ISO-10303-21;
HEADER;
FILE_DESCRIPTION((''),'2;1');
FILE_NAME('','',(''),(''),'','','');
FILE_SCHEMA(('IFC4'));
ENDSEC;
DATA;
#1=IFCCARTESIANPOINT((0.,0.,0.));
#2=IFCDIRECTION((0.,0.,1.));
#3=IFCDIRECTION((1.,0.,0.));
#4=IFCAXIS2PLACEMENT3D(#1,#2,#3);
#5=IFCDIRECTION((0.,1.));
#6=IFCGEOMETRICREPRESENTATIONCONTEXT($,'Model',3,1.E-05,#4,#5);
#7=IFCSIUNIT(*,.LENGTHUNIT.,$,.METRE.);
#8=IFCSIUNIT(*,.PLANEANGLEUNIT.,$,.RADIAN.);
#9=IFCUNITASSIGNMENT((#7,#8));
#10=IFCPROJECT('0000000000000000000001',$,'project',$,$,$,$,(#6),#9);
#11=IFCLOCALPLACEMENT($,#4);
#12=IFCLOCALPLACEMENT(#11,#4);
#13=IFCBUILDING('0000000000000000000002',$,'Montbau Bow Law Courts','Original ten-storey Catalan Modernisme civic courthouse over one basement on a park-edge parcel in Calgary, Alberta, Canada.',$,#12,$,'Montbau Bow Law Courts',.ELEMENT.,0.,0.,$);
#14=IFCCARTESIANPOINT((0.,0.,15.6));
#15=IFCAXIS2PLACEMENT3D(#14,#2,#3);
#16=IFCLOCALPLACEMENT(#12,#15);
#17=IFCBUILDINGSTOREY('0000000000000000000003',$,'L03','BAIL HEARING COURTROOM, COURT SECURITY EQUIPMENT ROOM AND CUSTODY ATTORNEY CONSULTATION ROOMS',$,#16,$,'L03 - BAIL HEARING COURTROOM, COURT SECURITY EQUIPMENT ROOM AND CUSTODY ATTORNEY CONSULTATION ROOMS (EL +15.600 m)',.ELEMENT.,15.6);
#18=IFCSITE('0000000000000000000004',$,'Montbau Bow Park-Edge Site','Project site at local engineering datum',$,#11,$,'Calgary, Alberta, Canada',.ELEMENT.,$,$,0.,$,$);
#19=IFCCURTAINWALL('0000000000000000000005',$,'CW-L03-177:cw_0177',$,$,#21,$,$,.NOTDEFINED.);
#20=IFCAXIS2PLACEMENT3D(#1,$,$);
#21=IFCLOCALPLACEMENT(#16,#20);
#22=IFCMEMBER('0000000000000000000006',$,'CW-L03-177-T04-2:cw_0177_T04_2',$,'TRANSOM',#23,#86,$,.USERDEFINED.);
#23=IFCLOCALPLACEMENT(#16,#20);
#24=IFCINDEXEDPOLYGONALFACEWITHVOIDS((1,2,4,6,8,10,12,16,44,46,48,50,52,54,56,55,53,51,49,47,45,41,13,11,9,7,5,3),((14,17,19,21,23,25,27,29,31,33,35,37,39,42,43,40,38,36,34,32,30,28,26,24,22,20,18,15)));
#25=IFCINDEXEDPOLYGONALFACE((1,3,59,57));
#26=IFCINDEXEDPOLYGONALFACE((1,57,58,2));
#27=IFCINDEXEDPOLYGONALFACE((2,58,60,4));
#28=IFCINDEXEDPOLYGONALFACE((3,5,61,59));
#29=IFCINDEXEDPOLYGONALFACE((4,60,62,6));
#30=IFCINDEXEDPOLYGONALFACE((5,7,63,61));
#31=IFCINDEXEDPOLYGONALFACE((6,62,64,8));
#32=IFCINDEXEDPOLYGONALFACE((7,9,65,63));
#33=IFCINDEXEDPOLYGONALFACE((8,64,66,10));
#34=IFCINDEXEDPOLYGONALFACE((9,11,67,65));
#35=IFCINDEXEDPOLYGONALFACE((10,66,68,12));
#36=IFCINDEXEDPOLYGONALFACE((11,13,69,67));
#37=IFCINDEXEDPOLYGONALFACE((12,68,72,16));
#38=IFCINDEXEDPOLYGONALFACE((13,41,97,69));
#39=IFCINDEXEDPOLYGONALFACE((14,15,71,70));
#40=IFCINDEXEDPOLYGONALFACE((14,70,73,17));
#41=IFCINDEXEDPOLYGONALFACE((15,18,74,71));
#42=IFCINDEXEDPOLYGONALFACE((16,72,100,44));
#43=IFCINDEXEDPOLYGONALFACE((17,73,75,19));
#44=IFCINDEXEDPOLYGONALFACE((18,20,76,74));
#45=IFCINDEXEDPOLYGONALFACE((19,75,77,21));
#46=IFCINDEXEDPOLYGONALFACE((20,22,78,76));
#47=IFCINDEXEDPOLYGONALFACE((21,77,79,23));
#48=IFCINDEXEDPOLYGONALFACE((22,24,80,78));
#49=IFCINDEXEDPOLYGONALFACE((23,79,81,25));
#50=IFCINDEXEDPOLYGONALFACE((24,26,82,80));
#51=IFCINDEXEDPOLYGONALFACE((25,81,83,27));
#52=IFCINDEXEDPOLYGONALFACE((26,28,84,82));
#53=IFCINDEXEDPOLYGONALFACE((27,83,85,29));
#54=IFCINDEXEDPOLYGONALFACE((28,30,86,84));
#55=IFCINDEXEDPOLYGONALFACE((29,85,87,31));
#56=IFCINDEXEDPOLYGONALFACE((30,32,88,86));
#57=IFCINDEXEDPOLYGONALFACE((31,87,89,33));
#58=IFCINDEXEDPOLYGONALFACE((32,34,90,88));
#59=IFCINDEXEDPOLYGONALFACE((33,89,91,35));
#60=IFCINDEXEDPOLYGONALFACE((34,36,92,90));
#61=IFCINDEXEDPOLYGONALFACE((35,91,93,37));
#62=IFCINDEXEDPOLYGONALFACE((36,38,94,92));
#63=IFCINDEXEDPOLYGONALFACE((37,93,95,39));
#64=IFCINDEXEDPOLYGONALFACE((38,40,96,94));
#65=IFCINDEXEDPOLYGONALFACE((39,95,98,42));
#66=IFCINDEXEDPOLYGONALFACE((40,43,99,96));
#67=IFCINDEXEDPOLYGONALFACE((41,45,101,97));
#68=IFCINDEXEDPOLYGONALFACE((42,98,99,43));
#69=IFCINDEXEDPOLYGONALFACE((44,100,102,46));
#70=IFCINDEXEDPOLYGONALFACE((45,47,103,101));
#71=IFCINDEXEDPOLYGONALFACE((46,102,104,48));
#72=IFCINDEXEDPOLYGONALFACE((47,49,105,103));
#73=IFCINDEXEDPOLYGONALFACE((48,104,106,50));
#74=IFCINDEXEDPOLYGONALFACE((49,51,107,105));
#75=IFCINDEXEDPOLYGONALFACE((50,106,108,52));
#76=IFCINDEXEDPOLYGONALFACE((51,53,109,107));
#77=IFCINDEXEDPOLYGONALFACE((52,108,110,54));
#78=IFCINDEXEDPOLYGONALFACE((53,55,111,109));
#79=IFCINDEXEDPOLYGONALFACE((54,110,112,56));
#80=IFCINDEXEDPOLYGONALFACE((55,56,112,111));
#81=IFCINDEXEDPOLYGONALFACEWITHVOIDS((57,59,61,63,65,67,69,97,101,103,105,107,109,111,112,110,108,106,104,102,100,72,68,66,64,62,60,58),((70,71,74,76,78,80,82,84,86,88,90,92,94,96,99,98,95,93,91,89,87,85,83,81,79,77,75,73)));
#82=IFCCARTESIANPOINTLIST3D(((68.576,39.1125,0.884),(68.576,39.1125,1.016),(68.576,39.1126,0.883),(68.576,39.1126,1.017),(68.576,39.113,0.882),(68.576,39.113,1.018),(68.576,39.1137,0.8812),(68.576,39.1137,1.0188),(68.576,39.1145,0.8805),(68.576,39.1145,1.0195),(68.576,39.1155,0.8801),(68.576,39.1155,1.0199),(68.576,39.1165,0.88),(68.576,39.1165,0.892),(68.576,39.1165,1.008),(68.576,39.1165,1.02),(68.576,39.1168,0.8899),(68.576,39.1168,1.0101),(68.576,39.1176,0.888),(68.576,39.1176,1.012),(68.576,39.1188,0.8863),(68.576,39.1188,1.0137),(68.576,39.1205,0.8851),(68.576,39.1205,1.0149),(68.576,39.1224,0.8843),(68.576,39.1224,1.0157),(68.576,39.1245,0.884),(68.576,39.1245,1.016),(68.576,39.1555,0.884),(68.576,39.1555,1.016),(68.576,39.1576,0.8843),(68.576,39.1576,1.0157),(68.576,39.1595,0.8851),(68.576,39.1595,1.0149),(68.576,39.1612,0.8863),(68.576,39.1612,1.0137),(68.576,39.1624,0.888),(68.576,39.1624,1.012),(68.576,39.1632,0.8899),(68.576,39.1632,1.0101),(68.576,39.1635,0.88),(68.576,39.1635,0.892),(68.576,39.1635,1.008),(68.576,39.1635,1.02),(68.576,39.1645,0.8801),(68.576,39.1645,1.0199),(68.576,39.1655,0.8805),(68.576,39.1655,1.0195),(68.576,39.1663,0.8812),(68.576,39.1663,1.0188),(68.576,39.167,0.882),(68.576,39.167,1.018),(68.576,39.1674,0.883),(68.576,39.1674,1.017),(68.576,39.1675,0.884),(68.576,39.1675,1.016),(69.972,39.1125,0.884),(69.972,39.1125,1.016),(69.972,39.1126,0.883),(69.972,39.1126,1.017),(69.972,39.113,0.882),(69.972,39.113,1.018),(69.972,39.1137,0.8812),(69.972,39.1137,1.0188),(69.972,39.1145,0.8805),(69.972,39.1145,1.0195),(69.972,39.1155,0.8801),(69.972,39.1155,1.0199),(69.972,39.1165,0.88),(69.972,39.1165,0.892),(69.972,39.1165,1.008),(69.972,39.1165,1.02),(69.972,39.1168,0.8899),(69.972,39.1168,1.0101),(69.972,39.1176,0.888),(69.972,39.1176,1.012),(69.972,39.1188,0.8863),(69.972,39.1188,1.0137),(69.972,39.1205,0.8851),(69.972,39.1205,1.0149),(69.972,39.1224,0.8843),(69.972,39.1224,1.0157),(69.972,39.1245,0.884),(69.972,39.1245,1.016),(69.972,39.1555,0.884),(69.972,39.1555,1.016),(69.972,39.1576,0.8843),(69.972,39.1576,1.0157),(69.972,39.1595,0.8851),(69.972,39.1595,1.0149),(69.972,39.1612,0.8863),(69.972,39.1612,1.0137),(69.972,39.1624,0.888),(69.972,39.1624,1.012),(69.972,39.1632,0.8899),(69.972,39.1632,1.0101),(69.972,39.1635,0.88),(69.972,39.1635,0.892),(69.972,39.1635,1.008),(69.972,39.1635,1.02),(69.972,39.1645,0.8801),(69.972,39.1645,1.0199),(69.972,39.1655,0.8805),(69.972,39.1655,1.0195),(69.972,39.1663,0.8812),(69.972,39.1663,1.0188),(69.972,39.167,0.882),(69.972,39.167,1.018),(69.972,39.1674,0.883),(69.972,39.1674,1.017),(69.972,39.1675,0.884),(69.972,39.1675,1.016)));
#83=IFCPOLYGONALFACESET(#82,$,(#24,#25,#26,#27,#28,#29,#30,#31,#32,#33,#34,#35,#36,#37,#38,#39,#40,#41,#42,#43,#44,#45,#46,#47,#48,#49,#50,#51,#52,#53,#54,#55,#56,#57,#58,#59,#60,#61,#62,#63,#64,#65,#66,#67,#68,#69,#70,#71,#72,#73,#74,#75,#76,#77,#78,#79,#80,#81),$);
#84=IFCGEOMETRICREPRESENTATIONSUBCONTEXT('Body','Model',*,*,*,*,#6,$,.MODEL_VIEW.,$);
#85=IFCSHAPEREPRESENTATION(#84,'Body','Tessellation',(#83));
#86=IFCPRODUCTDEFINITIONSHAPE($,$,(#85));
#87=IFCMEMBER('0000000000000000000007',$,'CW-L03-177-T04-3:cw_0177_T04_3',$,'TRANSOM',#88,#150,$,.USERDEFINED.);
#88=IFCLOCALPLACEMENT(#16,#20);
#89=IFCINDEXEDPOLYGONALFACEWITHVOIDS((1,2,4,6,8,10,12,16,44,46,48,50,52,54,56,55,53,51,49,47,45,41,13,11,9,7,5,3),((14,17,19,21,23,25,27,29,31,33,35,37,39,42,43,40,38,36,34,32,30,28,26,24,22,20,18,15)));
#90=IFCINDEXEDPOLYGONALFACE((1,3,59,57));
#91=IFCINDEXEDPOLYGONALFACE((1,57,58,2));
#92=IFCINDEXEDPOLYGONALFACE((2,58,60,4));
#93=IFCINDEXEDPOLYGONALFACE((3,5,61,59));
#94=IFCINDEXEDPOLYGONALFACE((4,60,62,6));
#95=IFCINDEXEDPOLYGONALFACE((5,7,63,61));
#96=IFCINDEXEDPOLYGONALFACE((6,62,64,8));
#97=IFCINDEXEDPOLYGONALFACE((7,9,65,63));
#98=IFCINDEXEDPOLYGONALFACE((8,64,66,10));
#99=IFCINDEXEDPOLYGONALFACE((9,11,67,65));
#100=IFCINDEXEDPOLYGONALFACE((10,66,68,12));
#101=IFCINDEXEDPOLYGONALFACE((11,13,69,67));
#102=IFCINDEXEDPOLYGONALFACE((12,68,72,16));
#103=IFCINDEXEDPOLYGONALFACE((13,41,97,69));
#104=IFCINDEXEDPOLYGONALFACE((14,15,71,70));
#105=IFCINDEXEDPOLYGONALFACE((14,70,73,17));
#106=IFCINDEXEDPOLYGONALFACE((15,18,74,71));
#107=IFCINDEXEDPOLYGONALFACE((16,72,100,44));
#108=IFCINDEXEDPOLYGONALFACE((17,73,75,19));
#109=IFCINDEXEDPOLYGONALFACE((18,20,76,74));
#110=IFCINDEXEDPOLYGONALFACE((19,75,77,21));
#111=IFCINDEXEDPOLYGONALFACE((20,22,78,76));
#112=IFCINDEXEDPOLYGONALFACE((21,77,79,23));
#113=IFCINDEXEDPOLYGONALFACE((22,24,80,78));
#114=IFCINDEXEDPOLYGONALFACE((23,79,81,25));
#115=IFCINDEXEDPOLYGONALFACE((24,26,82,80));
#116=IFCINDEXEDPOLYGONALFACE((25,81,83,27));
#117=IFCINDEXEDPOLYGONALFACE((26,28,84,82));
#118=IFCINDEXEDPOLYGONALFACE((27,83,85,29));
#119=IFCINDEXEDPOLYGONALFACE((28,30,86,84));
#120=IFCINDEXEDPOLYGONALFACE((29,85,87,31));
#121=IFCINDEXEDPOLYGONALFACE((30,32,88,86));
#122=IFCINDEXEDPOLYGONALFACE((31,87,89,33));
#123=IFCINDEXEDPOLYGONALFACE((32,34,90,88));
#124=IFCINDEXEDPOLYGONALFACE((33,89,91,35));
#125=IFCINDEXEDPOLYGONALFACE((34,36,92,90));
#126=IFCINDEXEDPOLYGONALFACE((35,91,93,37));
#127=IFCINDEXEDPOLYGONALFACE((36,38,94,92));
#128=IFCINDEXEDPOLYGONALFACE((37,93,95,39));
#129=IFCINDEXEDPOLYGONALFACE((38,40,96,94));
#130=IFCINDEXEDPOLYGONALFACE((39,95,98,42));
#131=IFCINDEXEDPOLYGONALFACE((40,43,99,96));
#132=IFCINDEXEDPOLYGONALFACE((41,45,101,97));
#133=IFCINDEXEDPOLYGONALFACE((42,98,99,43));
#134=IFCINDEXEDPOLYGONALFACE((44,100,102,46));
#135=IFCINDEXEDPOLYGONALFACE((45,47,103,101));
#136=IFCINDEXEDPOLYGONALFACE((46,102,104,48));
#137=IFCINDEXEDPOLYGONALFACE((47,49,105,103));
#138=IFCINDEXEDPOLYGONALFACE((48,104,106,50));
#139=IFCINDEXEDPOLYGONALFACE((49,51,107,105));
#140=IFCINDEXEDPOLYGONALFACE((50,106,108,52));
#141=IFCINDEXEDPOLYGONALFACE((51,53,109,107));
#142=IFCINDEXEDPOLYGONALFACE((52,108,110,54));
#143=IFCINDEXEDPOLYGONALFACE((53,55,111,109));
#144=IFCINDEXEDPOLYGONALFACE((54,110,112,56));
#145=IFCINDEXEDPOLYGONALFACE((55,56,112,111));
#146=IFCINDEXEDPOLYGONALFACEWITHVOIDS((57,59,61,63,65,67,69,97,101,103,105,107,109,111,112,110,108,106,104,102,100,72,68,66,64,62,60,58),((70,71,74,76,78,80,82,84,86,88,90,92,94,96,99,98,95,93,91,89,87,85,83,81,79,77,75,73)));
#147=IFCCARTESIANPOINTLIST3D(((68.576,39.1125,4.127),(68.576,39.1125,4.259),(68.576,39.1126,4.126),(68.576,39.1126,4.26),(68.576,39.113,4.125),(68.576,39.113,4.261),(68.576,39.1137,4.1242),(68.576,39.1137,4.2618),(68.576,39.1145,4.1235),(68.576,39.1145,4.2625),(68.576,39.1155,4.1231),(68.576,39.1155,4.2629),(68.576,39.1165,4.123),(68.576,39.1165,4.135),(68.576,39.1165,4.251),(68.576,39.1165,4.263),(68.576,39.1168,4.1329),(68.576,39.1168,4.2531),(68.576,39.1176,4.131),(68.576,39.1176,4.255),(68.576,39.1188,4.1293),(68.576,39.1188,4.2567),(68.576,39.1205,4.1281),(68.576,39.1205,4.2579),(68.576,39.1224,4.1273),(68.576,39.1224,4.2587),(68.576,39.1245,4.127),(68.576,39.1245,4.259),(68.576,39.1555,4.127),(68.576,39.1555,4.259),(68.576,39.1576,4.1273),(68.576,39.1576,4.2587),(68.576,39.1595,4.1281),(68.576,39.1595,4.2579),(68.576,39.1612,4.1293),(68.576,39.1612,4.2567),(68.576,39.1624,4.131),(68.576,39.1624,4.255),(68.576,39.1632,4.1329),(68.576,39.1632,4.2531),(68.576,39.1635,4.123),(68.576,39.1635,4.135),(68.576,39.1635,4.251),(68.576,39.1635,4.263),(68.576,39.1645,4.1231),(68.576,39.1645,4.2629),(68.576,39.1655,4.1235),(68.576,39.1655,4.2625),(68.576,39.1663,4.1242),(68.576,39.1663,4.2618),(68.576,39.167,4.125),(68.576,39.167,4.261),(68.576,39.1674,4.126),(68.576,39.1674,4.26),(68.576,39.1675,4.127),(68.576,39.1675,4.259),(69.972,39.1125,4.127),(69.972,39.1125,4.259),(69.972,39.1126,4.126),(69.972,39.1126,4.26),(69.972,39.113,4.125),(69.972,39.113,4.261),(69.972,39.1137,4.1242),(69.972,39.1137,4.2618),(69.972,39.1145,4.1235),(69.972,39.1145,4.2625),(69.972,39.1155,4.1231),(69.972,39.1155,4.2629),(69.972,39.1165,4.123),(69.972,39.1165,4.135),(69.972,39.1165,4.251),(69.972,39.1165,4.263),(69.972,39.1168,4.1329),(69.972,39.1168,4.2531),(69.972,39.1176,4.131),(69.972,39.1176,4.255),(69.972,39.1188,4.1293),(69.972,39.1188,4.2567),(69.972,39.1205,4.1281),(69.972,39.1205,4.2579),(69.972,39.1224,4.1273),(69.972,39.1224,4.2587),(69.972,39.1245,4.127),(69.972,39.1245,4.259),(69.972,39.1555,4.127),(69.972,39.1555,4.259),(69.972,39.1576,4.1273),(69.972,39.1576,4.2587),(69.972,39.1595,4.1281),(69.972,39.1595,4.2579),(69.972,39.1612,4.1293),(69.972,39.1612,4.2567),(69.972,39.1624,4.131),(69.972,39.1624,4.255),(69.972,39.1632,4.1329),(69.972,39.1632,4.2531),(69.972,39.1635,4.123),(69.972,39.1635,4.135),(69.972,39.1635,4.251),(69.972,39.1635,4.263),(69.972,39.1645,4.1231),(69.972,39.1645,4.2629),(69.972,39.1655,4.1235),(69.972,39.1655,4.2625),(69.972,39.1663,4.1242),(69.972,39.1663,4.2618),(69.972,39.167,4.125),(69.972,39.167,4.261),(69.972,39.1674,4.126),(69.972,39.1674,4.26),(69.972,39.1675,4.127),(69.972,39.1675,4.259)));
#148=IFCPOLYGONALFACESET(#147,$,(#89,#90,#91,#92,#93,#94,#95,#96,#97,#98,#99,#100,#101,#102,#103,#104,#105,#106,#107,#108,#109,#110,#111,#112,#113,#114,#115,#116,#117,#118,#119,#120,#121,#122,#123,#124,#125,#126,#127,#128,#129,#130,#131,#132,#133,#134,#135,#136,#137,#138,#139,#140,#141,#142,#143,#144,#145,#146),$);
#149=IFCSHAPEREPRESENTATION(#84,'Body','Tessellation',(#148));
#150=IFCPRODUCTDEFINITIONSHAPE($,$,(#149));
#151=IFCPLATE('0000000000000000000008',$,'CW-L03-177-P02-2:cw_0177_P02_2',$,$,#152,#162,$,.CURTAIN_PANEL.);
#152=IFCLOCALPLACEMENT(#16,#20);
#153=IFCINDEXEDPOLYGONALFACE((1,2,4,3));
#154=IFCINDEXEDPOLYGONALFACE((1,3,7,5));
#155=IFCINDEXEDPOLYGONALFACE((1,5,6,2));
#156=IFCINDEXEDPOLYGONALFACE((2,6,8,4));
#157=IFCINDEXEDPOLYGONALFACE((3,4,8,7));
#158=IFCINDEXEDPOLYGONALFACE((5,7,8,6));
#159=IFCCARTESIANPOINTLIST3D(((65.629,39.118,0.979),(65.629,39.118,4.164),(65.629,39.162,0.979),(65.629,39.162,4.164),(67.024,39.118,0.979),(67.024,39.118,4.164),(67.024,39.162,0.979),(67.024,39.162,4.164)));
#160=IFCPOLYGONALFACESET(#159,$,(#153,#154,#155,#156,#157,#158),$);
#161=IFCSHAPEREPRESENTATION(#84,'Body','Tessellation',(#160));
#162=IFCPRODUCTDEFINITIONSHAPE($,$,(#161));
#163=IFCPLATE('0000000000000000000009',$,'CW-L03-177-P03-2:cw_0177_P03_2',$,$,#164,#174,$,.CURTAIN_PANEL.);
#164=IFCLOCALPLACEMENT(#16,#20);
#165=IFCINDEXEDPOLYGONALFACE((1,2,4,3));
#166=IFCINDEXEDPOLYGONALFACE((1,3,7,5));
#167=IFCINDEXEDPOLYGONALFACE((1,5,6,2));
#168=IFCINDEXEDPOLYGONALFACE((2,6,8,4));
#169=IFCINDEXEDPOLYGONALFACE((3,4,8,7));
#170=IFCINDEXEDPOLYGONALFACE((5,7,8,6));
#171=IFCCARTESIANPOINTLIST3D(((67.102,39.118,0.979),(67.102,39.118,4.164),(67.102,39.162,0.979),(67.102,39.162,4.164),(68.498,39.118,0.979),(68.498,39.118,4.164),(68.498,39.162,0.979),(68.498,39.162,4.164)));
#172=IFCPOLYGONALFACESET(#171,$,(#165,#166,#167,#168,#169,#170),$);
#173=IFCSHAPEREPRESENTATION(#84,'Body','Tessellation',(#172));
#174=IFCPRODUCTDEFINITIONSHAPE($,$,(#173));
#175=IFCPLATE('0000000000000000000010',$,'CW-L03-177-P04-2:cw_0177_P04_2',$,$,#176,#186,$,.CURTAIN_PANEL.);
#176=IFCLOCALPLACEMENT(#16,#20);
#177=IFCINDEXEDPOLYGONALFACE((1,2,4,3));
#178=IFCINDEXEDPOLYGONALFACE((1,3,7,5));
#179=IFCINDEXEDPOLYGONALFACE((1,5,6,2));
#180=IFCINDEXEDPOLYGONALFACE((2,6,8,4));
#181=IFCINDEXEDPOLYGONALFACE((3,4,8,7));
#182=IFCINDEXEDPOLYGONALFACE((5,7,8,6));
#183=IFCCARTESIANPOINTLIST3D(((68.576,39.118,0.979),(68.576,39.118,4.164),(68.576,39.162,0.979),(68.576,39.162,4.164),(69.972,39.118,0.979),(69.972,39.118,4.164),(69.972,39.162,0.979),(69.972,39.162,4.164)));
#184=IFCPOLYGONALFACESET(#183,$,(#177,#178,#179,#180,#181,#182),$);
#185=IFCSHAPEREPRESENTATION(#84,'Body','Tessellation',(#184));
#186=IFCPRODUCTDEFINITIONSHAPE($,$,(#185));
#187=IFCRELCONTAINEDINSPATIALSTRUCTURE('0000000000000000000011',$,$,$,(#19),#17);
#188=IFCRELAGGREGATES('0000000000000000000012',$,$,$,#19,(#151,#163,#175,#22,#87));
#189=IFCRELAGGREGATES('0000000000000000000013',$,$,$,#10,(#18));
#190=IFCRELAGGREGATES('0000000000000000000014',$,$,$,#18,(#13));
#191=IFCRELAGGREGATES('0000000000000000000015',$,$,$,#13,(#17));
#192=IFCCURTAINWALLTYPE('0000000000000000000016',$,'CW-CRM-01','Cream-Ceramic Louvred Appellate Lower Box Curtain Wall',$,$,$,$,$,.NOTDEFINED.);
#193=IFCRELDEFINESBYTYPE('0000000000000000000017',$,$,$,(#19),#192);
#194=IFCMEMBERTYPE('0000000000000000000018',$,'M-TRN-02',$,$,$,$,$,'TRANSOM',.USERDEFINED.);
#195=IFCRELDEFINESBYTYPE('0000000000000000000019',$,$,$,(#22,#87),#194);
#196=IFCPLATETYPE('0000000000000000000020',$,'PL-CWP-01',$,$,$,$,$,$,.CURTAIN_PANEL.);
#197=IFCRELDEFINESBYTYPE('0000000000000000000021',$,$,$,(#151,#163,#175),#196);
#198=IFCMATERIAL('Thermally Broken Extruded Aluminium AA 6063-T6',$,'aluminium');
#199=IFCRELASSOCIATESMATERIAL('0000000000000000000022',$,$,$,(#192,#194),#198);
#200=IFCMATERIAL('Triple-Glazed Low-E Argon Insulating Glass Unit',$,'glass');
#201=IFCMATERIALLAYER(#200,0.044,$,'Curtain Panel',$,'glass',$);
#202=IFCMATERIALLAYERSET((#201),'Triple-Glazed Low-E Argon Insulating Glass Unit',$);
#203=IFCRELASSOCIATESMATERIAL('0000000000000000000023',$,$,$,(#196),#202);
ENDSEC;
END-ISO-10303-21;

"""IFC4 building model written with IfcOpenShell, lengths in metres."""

from ifc_helpers import new_model, si_unit, direction, frame, frame_2d, origin_with_axes, origin_2d_with_axis, place, context, subcontext, project, spatial, rectangle, hollow_rectangle, extrude, material, layer, layer_set, material_profile, profile_set, type_object, element, aggregate, save


model = new_model("IFC4")

# Units and contexts
model_context = context("Model", 3, precision=1e-05, world=origin_with_axes(), true_north=direction((0.0, 1.0)))
body_context = subcontext(model_context, "Body", "Model", "MODEL_VIEW")
ifc_project = project(units=[si_unit("LENGTHUNIT", "METRE"), si_unit("PLANEANGLEUNIT", "RADIAN")], contexts=[model_context])

# Site, building, storey
site_placement = place(None, origin_with_axes())
site = spatial("IfcSite", under=ifc_project, at=site_placement, Name="Montbau Bow Park-Edge Site", Description="Project site at local engineering datum", LongName="Calgary, Alberta, Canada", CompositionType="ELEMENT", RefElevation=0.0)
building_placement = place(site_placement, origin_with_axes())
building = spatial("IfcBuilding", under=site, at=building_placement, Name="Montbau Bow Law Courts", Description="Original ten-storey Catalan Modernisme civic courthouse over one basement on a park-edge parcel in Calgary, Alberta, Canada.", LongName="Montbau Bow Law Courts", CompositionType="ELEMENT", ElevationOfRefHeight=0.0, ElevationOfTerrain=0.0)
storey_placement = place(building_placement, frame((0.0, 0.0, 15.6), z_axis=(0.0, 0.0, 1.0), x_axis=(1.0, 0.0, 0.0)))
storey = spatial("IfcBuildingStorey", under=building, at=storey_placement, Name="L03", Description="BAIL HEARING COURTROOM, COURT SECURITY EQUIPMENT ROOM AND CUSTODY ATTORNEY CONSULTATION ROOMS", LongName="L03 - BAIL HEARING COURTROOM, COURT SECURITY EQUIPMENT ROOM AND CUSTODY ATTORNEY CONSULTATION ROOMS (EL +15.600 m)", CompositionType="ELEMENT", Elevation=15.6)

# Curtain wall, members, plates
ifc_material_1 = material(Name="Thermally Broken Extruded Aluminium AA 6063-T6", Category="aluminium")
curtain_wall_type = type_object("IfcCurtainWallType", Name="CW-CRM-01", Description="Cream-Ceramic Louvred Appellate Lower Box Curtain Wall", PredefinedType="NOTDEFINED", material=ifc_material_1)
curtain_wall_placement = place(None, frame((64.115, 39.14, 15.6), z_axis=(0.0, 0.0, 1.0), x_axis=(1.0, 0.0, 0.0)))
curtain_wall = element("IfcCurtainWall", 1, at=curtain_wall_placement, inside=storey, type_object=curtain_wall_type, Name="CW-L03-177:cw_0177", PredefinedType="NOTDEFINED")
ifc_material_profile_1 = material_profile(ifc_material_1, hollow_rectangle(XDim=0.055, YDim=0.14, WallThickness=0.004, InnerFilletRadius=0.008, OuterFilletRadius=0.004, at=origin_2d_with_axis()), Name="CWT-140X55", Category="Main", Priority=0)
ifc_profile_set_1 = profile_set([ifc_material_profile_1], Name="Thermally Broken Extruded Aluminium AA 6063-T6")
member_type_1 = type_object("IfcMemberType", Name="M-TRN-02", ElementType="TRANSOM", PredefinedType="USERDEFINED", material=ifc_profile_set_1)
member_1_placement = place(None, frame((68.576, 39.14, 16.55), z_axis=(1.0, 0.0, 0.0), x_axis=(0.0, 1.0, 0.0)))
member_1 = element("IfcMember", 2, at=member_1_placement, type_object=member_type_1, Name="CW-L03-177-T04-2:cw_0177_T04_2", ObjectType="TRANSOM", PredefinedType="USERDEFINED", context=body_context, shape_type="SweptSolid", body=[
    extrude(hollow_rectangle(XDim=0.055, YDim=0.14, WallThickness=0.004, InnerFilletRadius=0.008, OuterFilletRadius=0.004, at=origin_2d_with_axis()), origin_with_axes(), (0.0, 0.0, 1.0), 1.396),
])
member_2_placement = place(None, frame((68.576, 39.14, 19.793), z_axis=(1.0, 0.0, 0.0), x_axis=(0.0, 1.0, 0.0)))
member_2 = element("IfcMember", 3, at=member_2_placement, type_object=member_type_1, Name="CW-L03-177-T04-3:cw_0177_T04_3", ObjectType="TRANSOM", PredefinedType="USERDEFINED", context=body_context, shape_type="SweptSolid", body=[
    extrude(hollow_rectangle(XDim=0.055, YDim=0.14, WallThickness=0.004, InnerFilletRadius=0.008, OuterFilletRadius=0.004, at=origin_2d_with_axis()), origin_with_axes(), (0.0, 0.0, 1.0), 1.396),
])
ifc_material_2 = material(Name="Triple-Glazed Low-E Argon Insulating Glass Unit", Category="glass")
ifc_layer_1 = layer(ifc_material_2, 0.044, Name="Curtain Panel", Category="glass")
ifc_layer_set_1 = layer_set([ifc_layer_1], Name="Triple-Glazed Low-E Argon Insulating Glass Unit")
plate_type_1 = type_object("IfcPlateType", Name="PL-CWP-01", PredefinedType="CURTAIN_PANEL", material=ifc_layer_set_1)
plate_1_placement = place(None, frame((65.629, 39.14, 16.579), z_axis=(0.0, -1.0, 0.0), x_axis=(1.0, 0.0, 0.0)))
plate_1 = element("IfcPlate", 4, at=plate_1_placement, type_object=plate_type_1, Name="CW-L03-177-P02-2:cw_0177_P02_2", PredefinedType="CURTAIN_PANEL", context=body_context, shape_type="SweptSolid", body=[
    extrude(rectangle(XDim=1.395, YDim=3.185, at=frame_2d((0.6975, 1.5925), x_axis=(1.0, 0.0))), frame((0.0, 0.0, -0.022), z_axis=(0.0, 0.0, 1.0), x_axis=(1.0, 0.0, 0.0)), (0.0, 0.0, 1.0), 0.044),
])
plate_2_placement = place(None, frame((67.102, 39.14, 16.579), z_axis=(0.0, -1.0, 0.0), x_axis=(1.0, 0.0, 0.0)))
plate_2 = element("IfcPlate", 5, at=plate_2_placement, type_object=plate_type_1, Name="CW-L03-177-P03-2:cw_0177_P03_2", PredefinedType="CURTAIN_PANEL", context=body_context, shape_type="SweptSolid", body=[
    extrude(rectangle(XDim=1.396, YDim=3.185, at=frame_2d((0.698, 1.5925), x_axis=(1.0, 0.0))), frame((0.0, 0.0, -0.022), z_axis=(0.0, 0.0, 1.0), x_axis=(1.0, 0.0, 0.0)), (0.0, 0.0, 1.0), 0.044),
])
plate_3_placement = place(None, frame((68.576, 39.14, 16.579), z_axis=(0.0, -1.0, 0.0), x_axis=(1.0, 0.0, 0.0)))
plate_3 = element("IfcPlate", 6, at=plate_3_placement, type_object=plate_type_1, Name="CW-L03-177-P04-2:cw_0177_P04_2", PredefinedType="CURTAIN_PANEL", context=body_context, shape_type="SweptSolid", body=[
    extrude(rectangle(XDim=1.396, YDim=3.185, at=frame_2d((0.698, 1.5925), x_axis=(1.0, 0.0))), frame((0.0, 0.0, -0.022), z_axis=(0.0, 0.0, 1.0), x_axis=(1.0, 0.0, 0.0)), (0.0, 0.0, 1.0), 0.044),
])
aggregate(curtain_wall, [plate_1, plate_2, plate_3, member_1, member_2])

save(model, "model.ifc")
